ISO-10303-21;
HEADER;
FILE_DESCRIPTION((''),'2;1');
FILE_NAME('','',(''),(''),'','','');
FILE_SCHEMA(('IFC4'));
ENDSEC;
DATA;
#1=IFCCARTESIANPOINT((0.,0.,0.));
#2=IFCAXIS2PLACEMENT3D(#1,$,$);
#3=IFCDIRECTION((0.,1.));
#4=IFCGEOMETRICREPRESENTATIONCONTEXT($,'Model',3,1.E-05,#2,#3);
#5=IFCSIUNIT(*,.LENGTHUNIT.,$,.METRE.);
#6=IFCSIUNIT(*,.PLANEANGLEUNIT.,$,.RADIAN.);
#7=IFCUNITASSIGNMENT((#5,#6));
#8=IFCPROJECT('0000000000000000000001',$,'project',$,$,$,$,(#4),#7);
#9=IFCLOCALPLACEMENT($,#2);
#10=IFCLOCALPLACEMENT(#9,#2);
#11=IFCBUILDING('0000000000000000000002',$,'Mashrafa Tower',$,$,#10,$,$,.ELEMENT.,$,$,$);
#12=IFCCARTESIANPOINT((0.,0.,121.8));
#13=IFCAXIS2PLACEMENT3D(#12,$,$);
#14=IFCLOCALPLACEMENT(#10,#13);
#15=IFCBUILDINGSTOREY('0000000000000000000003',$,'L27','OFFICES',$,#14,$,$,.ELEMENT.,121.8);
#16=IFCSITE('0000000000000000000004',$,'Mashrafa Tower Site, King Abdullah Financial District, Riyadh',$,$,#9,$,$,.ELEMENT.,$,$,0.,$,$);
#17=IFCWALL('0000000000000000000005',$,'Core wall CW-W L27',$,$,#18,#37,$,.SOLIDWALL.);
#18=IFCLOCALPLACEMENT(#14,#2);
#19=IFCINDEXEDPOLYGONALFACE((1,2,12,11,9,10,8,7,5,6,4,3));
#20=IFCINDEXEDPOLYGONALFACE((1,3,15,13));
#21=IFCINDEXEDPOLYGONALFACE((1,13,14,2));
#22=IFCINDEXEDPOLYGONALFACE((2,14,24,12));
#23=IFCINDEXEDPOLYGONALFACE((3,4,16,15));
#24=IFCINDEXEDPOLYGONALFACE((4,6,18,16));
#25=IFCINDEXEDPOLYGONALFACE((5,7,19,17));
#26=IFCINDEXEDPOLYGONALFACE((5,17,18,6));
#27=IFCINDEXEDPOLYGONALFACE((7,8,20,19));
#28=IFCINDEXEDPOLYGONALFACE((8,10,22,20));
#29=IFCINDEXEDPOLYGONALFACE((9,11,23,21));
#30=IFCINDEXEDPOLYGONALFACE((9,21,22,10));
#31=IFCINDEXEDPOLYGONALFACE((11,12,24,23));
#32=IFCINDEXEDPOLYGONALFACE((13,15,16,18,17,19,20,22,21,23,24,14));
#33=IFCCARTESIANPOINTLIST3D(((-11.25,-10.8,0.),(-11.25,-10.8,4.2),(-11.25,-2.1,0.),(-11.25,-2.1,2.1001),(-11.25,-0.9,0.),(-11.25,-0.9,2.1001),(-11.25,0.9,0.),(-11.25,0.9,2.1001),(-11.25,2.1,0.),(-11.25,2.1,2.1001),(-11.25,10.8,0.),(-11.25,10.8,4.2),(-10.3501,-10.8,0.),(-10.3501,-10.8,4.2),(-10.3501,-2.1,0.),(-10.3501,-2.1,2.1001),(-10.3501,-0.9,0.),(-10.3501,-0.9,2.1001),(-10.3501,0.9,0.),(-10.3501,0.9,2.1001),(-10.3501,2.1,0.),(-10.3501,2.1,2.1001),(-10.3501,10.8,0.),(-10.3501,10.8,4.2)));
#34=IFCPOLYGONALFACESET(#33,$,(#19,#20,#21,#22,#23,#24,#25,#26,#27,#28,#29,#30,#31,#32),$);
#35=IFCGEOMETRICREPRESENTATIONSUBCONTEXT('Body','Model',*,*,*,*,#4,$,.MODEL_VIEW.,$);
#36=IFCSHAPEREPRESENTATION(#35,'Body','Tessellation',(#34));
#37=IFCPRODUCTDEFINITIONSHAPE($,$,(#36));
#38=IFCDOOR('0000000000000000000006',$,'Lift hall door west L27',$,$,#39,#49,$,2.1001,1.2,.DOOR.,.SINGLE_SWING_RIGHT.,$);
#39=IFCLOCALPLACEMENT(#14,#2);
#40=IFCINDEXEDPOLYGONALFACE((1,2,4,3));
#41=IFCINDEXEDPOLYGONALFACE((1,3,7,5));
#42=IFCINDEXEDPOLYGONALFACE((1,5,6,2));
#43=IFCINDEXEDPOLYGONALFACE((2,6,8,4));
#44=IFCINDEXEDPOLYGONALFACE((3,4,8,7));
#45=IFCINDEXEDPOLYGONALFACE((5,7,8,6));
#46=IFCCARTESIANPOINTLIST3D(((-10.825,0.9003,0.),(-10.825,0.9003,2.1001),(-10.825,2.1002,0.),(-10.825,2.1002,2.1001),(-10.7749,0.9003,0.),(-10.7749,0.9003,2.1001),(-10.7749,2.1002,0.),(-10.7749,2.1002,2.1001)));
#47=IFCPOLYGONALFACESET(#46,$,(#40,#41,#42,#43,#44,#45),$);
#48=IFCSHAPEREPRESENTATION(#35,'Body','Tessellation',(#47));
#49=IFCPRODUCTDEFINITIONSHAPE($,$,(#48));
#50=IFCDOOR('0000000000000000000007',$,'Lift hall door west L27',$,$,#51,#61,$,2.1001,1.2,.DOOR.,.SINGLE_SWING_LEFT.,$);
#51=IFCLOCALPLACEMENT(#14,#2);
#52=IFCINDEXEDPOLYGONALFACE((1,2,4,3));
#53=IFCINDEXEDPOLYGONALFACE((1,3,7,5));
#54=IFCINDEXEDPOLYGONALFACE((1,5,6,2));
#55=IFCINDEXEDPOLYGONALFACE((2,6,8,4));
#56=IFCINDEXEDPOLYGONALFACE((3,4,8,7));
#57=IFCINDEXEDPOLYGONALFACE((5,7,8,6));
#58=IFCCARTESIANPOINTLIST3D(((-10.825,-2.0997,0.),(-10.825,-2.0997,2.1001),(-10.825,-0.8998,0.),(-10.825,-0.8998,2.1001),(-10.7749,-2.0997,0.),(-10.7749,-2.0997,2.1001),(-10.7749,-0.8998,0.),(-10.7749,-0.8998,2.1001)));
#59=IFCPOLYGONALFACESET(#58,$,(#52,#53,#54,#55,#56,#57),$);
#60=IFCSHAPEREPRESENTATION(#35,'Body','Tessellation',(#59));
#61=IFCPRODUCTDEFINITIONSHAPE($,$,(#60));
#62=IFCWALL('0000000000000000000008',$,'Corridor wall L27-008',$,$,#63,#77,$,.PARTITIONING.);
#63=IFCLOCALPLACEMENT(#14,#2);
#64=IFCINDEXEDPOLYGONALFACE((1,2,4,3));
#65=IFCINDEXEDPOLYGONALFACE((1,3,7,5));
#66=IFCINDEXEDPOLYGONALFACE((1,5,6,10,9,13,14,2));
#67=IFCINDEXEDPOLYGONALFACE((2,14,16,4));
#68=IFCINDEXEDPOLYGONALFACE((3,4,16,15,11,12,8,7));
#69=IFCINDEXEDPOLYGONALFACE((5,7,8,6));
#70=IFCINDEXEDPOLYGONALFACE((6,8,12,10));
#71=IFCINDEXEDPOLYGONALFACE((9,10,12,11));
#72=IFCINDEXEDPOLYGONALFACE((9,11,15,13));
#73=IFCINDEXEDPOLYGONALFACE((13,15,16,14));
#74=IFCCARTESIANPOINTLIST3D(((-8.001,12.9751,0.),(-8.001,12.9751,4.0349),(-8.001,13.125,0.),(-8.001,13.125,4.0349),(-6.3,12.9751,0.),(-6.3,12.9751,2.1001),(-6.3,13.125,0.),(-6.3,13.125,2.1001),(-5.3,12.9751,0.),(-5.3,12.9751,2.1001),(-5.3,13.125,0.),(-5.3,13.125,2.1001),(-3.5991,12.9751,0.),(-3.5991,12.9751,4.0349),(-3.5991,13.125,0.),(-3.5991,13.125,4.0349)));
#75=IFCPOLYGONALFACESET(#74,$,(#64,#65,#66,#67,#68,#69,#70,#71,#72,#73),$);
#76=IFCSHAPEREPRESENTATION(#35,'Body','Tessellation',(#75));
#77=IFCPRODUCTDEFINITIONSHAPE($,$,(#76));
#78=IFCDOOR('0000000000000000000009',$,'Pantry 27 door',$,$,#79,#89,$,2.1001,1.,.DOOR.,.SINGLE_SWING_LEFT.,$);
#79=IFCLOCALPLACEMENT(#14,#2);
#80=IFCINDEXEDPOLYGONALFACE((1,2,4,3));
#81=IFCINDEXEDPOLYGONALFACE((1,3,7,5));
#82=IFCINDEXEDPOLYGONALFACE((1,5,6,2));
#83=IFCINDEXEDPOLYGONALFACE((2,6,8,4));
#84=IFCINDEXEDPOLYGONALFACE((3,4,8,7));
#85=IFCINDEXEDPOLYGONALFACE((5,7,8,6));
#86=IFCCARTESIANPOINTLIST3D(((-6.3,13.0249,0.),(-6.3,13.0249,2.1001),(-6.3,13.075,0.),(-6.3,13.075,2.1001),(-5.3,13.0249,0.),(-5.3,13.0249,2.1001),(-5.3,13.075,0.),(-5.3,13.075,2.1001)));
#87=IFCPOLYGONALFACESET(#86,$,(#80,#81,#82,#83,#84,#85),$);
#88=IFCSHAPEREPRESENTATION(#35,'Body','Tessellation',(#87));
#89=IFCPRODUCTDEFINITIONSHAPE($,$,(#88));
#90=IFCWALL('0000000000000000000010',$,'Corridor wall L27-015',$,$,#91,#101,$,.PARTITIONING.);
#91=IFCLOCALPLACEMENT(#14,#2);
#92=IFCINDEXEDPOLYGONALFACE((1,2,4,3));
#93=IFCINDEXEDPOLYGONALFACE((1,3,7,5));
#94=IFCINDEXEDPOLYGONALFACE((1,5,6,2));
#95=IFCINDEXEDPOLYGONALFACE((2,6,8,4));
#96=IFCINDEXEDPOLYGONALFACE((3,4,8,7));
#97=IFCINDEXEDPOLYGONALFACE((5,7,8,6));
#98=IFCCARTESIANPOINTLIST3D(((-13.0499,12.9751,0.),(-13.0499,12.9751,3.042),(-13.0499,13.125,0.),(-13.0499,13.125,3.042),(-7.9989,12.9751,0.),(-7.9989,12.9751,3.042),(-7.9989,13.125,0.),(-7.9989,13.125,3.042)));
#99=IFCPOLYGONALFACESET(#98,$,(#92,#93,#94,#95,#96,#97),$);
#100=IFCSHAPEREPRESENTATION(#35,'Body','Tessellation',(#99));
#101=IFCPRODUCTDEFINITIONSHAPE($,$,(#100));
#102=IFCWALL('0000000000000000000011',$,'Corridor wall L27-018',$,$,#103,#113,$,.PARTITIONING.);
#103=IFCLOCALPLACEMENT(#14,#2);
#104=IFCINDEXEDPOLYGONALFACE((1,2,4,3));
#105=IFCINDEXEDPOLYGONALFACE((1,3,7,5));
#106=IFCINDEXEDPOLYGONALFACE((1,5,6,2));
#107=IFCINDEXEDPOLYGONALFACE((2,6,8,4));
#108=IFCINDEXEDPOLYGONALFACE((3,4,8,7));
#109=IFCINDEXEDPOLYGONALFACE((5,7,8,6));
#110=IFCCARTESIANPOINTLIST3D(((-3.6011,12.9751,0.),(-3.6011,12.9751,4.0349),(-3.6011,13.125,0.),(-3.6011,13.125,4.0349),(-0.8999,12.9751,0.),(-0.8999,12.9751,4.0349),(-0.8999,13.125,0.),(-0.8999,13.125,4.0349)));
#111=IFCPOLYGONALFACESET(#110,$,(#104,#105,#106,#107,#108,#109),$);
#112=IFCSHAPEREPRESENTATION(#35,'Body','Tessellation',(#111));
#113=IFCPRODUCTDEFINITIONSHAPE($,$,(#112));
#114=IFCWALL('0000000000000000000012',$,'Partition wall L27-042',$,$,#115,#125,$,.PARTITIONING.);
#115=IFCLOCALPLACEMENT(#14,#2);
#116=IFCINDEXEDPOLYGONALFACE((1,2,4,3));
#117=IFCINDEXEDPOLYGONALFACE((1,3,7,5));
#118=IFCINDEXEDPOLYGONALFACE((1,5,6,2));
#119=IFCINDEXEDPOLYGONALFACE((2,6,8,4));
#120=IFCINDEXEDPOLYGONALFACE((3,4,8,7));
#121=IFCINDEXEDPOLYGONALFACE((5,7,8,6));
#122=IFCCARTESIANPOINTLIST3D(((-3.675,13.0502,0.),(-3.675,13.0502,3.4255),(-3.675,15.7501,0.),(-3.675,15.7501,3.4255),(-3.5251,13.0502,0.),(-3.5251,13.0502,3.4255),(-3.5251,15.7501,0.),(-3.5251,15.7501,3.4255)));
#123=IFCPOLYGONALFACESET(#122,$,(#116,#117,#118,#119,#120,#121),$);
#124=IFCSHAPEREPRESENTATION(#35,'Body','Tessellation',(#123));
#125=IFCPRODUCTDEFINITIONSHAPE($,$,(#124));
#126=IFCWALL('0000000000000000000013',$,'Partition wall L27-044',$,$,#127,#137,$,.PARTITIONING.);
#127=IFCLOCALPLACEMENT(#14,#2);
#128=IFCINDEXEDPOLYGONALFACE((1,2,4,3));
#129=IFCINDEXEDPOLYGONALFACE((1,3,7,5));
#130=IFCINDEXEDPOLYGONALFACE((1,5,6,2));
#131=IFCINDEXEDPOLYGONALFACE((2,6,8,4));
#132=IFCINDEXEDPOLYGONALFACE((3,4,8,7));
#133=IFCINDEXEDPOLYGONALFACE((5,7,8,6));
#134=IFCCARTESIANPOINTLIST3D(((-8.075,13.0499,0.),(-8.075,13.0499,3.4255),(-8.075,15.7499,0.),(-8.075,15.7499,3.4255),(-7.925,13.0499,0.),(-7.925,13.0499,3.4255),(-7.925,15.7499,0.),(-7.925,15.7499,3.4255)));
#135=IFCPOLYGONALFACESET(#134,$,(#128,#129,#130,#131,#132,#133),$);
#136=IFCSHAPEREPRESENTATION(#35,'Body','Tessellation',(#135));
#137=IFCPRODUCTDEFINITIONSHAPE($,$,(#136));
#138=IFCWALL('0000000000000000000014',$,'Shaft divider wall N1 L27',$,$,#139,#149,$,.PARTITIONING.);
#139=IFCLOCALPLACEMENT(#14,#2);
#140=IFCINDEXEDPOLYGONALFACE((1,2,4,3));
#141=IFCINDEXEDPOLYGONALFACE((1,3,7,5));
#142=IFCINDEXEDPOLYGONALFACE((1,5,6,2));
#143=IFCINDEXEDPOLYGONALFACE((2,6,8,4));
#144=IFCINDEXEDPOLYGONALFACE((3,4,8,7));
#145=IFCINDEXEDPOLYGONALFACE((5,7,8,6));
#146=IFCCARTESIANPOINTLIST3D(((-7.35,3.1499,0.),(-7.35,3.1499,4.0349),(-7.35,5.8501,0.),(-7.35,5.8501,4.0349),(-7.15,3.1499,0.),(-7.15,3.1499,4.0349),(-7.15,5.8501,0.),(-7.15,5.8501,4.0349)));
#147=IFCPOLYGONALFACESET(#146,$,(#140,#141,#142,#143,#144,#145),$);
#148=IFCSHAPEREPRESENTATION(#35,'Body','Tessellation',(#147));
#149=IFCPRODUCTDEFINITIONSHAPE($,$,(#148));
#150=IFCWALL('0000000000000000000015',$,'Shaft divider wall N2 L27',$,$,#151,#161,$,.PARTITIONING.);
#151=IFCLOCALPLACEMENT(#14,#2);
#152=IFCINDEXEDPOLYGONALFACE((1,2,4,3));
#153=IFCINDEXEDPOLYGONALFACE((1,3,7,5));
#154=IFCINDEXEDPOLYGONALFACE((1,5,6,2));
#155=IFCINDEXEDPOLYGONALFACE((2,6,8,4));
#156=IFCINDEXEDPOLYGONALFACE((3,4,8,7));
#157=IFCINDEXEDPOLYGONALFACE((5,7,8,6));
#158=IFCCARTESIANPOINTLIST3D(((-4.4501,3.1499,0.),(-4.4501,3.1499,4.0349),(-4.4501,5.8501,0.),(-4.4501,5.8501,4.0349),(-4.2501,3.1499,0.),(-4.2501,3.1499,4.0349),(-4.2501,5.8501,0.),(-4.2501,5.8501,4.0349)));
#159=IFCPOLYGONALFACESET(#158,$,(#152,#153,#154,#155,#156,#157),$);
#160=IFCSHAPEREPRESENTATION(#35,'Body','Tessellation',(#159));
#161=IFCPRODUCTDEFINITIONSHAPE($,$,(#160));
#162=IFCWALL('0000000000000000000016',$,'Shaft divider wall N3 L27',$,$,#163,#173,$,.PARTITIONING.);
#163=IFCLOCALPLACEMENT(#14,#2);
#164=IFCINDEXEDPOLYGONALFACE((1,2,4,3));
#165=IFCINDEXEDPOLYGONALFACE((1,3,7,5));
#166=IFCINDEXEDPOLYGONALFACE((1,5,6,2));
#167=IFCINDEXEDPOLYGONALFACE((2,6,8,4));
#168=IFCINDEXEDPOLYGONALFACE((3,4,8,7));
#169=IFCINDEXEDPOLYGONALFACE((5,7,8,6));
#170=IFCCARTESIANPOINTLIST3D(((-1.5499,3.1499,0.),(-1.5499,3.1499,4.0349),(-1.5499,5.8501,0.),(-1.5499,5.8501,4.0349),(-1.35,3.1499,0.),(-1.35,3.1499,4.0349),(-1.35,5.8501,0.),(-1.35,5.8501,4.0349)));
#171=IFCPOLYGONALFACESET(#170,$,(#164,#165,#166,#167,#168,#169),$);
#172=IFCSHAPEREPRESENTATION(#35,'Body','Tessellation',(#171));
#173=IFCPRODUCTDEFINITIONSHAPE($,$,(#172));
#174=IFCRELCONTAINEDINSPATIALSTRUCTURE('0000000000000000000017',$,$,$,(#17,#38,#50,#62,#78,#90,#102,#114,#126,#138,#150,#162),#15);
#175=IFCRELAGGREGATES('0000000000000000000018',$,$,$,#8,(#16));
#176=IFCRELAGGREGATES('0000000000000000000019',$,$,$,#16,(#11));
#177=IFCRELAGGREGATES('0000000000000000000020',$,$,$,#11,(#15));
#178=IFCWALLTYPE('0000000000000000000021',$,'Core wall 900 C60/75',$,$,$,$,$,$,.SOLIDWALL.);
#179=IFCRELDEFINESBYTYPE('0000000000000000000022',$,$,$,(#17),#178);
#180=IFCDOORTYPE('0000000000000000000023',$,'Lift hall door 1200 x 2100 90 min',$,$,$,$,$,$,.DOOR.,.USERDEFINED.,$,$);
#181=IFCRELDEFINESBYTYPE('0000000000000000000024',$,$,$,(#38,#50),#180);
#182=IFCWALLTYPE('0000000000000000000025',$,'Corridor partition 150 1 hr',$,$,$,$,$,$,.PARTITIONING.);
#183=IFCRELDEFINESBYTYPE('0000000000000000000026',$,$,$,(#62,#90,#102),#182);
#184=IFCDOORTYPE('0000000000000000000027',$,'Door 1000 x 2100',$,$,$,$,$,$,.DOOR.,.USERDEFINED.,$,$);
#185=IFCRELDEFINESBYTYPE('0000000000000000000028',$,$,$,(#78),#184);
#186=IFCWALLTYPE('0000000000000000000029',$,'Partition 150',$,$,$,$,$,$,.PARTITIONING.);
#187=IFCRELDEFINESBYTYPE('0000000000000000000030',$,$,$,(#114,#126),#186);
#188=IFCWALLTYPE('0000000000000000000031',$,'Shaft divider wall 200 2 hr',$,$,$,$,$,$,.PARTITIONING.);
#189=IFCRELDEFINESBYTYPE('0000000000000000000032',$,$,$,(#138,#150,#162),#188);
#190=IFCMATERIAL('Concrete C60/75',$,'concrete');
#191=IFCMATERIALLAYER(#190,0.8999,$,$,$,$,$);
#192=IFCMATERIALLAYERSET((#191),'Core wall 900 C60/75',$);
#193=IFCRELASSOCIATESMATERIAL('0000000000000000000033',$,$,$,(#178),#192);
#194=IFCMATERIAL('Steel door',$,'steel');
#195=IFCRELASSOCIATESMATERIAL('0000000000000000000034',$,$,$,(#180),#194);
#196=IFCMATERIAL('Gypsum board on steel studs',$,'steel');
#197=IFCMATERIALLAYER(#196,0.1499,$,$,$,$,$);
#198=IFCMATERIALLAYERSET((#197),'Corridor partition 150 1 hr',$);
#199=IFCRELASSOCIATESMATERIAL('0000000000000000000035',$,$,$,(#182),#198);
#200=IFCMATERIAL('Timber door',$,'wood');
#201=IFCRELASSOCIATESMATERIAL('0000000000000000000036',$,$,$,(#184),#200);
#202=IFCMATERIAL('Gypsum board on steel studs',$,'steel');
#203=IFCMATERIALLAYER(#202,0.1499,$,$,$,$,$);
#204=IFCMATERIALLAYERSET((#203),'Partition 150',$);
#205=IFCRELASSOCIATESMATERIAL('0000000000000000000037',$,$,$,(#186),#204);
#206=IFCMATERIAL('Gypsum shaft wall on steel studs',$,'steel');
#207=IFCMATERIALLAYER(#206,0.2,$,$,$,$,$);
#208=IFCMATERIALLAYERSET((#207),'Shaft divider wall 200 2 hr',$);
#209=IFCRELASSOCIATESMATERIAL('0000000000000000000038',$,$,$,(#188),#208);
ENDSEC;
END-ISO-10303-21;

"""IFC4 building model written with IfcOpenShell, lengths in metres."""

from ifc_helpers import new_model, si_unit, direction, frame, frame_2d, origin, place, context, subcontext, project, spatial, rectangle, extrude, material, layer, layer_set, type_object, element, fill, save


model = new_model("IFC4")

# Units and contexts
model_context = context("Model", 3, precision=1e-05, world=origin(), true_north=direction((0.0, 1.0)))
body_context = subcontext(model_context, "Body", "Model", "MODEL_VIEW")
ifc_project = project(units=[si_unit("LENGTHUNIT", "METRE"), si_unit("PLANEANGLEUNIT", "RADIAN")], contexts=[model_context])

# Site, building, storey
site_placement = place(None, origin())
site = spatial("IfcSite", under=ifc_project, at=site_placement, Name="Mashrafa Tower Site, King Abdullah Financial District, Riyadh", CompositionType="ELEMENT", RefElevation=0.0)
building_placement = place(site_placement, origin())
building = spatial("IfcBuilding", under=site, at=building_placement, Name="Mashrafa Tower", CompositionType="ELEMENT")
storey_placement = place(building_placement, frame((0.0, 0.0, 121.8)))
storey = spatial("IfcBuildingStorey", under=building, at=storey_placement, Name="L27", Description="OFFICES", CompositionType="ELEMENT", Elevation=121.8)

# Wall, openings, doors
ifc_material_1 = material(Name="Concrete C60/75", Category="concrete")
ifc_layer_1 = layer(ifc_material_1, 0.8999)
ifc_layer_set_1 = layer_set([ifc_layer_1], Name="Core wall 900 C60/75")
wall_type_1 = type_object("IfcWallType", Name="Core wall 900 C60/75", PredefinedType="SOLIDWALL", material=ifc_layer_set_1)
wall_1_placement = place(storey_placement, frame((-10.8, 10.8, 0.0), z_axis=(0.0, 0.0, 1.0), x_axis=(0.0, -1.0, 0.0)))
wall_1 = element("IfcWall", 1, at=wall_1_placement, inside=storey, type_object=wall_type_1, Name="Core wall CW-W L27", PredefinedType="SOLIDWALL", context=body_context, shape_type="SweptSolid", body=[
    extrude(rectangle(XDim=21.6001, YDim=0.8999, at=frame_2d((10.8, 0.0))), origin(), (0.0, 0.0, 1.0), 4.2),
])
opening_1_placement = place(wall_1_placement, frame((8.7, 0.0, 0.0)))
opening_1 = element("IfcOpeningElement", 2, at=opening_1_placement, cuts=wall_1, PredefinedType="OPENING", context=body_context, shape_type="SweptSolid", body=[
    extrude(rectangle(XDim=1.2, YDim=2.1001, at=frame_2d((0.6001, 1.05))), frame((0.0, 0.46, 0.0), z_axis=(0.0, -1.0, 0.0), x_axis=(1.0, 0.0, 0.0)), (0.0, 0.0, 1.0), 0.9199),
])
opening_2_placement = place(wall_1_placement, frame((11.7, 0.0, 0.0)))
opening_2 = element("IfcOpeningElement", 3, at=opening_2_placement, cuts=wall_1, PredefinedType="OPENING", context=body_context, shape_type="SweptSolid", body=[
    extrude(rectangle(XDim=1.2, YDim=2.1001, at=frame_2d((0.6001, 1.05))), frame((0.0, 0.46, 0.0), z_axis=(0.0, -1.0, 0.0), x_axis=(1.0, 0.0, 0.0)), (0.0, 0.0, 1.0), 0.9199),
])
ifc_material_2 = material(Name="Steel door", Category="steel")
door_type_1 = type_object("IfcDoorType", Name="Lift hall door 1200 x 2100 90 min", OperationType="USERDEFINED", PredefinedType="DOOR", material=ifc_material_2)
door_1_placement = place(opening_1_placement, frame((1.2, 0.0, 0.0), z_axis=(0.0, 0.0, 1.0), x_axis=(-1.0, 0.0, 0.0)))
door_1 = element("IfcDoor", 4, at=door_1_placement, inside=storey, type_object=door_type_1, Name="Lift hall door west L27", OperationType="SINGLE_SWING_RIGHT", OverallHeight=2.1001, OverallWidth=1.2, PredefinedType="DOOR", context=body_context, shape_type="SweptSolid", body=[
    extrude(rectangle(XDim=1.2, YDim=2.1001, at=frame_2d((0.6001, 1.05))), frame((0.0, 0.0249, 0.0), z_axis=(0.0, -1.0, 0.0), x_axis=(1.0, 0.0, 0.0)), (0.0, 0.0, 1.0), 0.05),
])
fill(opening_1, door_1)
door_2_placement = place(opening_2_placement, frame((1.2, 0.0, 0.0), z_axis=(0.0, 0.0, 1.0), x_axis=(-1.0, 0.0, 0.0)))
door_2 = element("IfcDoor", 5, at=door_2_placement, inside=storey, type_object=door_type_1, Name="Lift hall door west L27", OperationType="SINGLE_SWING_LEFT", OverallHeight=2.1001, OverallWidth=1.2, PredefinedType="DOOR", context=body_context, shape_type="SweptSolid", body=[
    extrude(rectangle(XDim=1.2, YDim=2.1001, at=frame_2d((0.6001, 1.05))), frame((0.0, 0.0249, 0.0), z_axis=(0.0, -1.0, 0.0), x_axis=(1.0, 0.0, 0.0)), (0.0, 0.0, 1.0), 0.05),
])
fill(opening_2, door_2)

# Wall, opening, door
ifc_material_3 = material(Name="Gypsum board on steel studs", Category="steel")
ifc_layer_2 = layer(ifc_material_3, 0.1499)
ifc_layer_set_2 = layer_set([ifc_layer_2], Name="Corridor partition 150 1 hr")
wall_type_2 = type_object("IfcWallType", Name="Corridor partition 150 1 hr", PredefinedType="PARTITIONING", material=ifc_layer_set_2)
wall_2_placement = place(storey_placement, frame((-3.5991, 13.05, 0.0), z_axis=(0.0, 0.0, 1.0), x_axis=(-1.0, 0.0, 0.0)))
wall_2 = element("IfcWall", 6, at=wall_2_placement, inside=storey, type_object=wall_type_2, Name="Corridor wall L27-008", PredefinedType="PARTITIONING", context=body_context, shape_type="SweptSolid", body=[
    extrude(rectangle(XDim=4.4019, YDim=0.1499, at=frame_2d((2.2009, 0.0))), origin(), (0.0, 0.0, 1.0), 4.0349),
])
opening_3_placement = place(wall_2_placement, frame((1.7009, 0.0, 0.0)))
opening_3 = element("IfcOpeningElement", 7, at=opening_3_placement, cuts=wall_2, PredefinedType="OPENING", context=body_context, shape_type="SweptSolid", body=[
    extrude(rectangle(XDim=1.0, YDim=2.1001, at=frame_2d((0.5, 1.05))), frame((0.0, 0.085, 0.0), z_axis=(0.0, -1.0, 0.0), x_axis=(1.0, 0.0, 0.0)), (0.0, 0.0, 1.0), 0.1699),
])
ifc_material_4 = material(Name="Timber door", Category="wood")
door_type_2 = type_object("IfcDoorType", Name="Door 1000 x 2100", OperationType="USERDEFINED", PredefinedType="DOOR", material=ifc_material_4)
door_3_placement = place(opening_3_placement, frame((1.0, 0.0, 0.0), z_axis=(0.0, 0.0, 1.0), x_axis=(-1.0, 0.0, 0.0)))
door_3 = element("IfcDoor", 8, at=door_3_placement, inside=storey, type_object=door_type_2, Name="Pantry 27 door", OperationType="SINGLE_SWING_LEFT", OverallHeight=2.1001, OverallWidth=1.0, PredefinedType="DOOR", context=body_context, shape_type="SweptSolid", body=[
    extrude(rectangle(XDim=1.0, YDim=2.1001, at=frame_2d((0.5, 1.05))), frame((0.0, 0.0249, 0.0), z_axis=(0.0, -1.0, 0.0), x_axis=(1.0, 0.0, 0.0)), (0.0, 0.0, 1.0), 0.05),
])
fill(opening_3, door_3)

# Walls
wall_3_placement = place(storey_placement, frame((-7.999, 13.05, 0.0), z_axis=(0.0, 0.0, 1.0), x_axis=(-1.0, 0.0, 0.0)))
element("IfcWall", 9, at=wall_3_placement, inside=storey, type_object=wall_type_2, Name="Corridor wall L27-015", PredefinedType="PARTITIONING", context=body_context, shape_type="SweptSolid", body=[
    extrude(rectangle(XDim=5.051, YDim=0.1499, at=frame_2d((2.5254, 0.0))), origin(), (0.0, 0.0, 1.0), 3.042),
])
wall_4_placement = place(storey_placement, frame((-0.8999, 13.05, 0.0), z_axis=(0.0, 0.0, 1.0), x_axis=(-1.0, 0.0, 0.0)))
element("IfcWall", 10, at=wall_4_placement, inside=storey, type_object=wall_type_2, Name="Corridor wall L27-018", PredefinedType="PARTITIONING", context=body_context, shape_type="SweptSolid", body=[
    extrude(rectangle(XDim=2.7012, YDim=0.1499, at=frame_2d((1.3506, 0.0))), origin(), (0.0, 0.0, 1.0), 4.0349),
])
ifc_material_5 = material(Name="Gypsum board on steel studs", Category="steel")
ifc_layer_3 = layer(ifc_material_5, 0.1499)
ifc_layer_set_3 = layer_set([ifc_layer_3], Name="Partition 150")
wall_type_3 = type_object("IfcWallType", Name="Partition 150", PredefinedType="PARTITIONING", material=ifc_layer_set_3)
for number, where, z_axis, x_axis, name in (
    (11, (-3.6001, 13.05, 0.0), (0.0, 0.0, 1.0), (0.0, 1.0, 0.0), "Partition wall L27-042"),
    (12, (-8.0, 15.75, 0.0), (0.0, 0.0, 1.0), (0.0, -1.0, 0.0), "Partition wall L27-044"),
):
    element("IfcWall", number, at=place(storey_placement, frame(where, z_axis=z_axis, x_axis=x_axis)), inside=storey, type_object=wall_type_3, Name=name, PredefinedType="PARTITIONING", context=body_context, shape_type="SweptSolid", body=[
        extrude(rectangle(XDim=2.7, YDim=0.1499, at=frame_2d((1.3501, 0.0))), origin(), (0.0, 0.0, 1.0), 3.4255),
    ])
ifc_material_6 = material(Name="Gypsum shaft wall on steel studs", Category="steel")
ifc_layer_4 = layer(ifc_material_6, 0.2)
ifc_layer_set_4 = layer_set([ifc_layer_4], Name="Shaft divider wall 200 2 hr")
wall_type_4 = type_object("IfcWallType", Name="Shaft divider wall 200 2 hr", PredefinedType="PARTITIONING", material=ifc_layer_set_4)
for number, where, z_axis, x_axis, name in (
    (13, (-7.25, 3.1499, 0.0), (0.0, 0.0, 1.0), (0.0, 1.0, 0.0), "Shaft divider wall N1 L27"),
    (14, (-4.3501, 3.1499, 0.0), (0.0, 0.0, 1.0), (0.0, 1.0, 0.0), "Shaft divider wall N2 L27"),
    (15, (-1.45, 3.1499, 0.0), (0.0, 0.0, 1.0), (0.0, 1.0, 0.0), "Shaft divider wall N3 L27"),
):
    element("IfcWall", number, at=place(storey_placement, frame(where, z_axis=z_axis, x_axis=x_axis)), inside=storey, type_object=wall_type_4, Name=name, PredefinedType="PARTITIONING", context=body_context, shape_type="SweptSolid", body=[
        extrude(rectangle(XDim=2.7002, YDim=0.2, at=frame_2d((1.3501, 0.0))), origin(), (0.0, 0.0, 1.0), 4.0349),
    ])

save(model, "model.ifc")
